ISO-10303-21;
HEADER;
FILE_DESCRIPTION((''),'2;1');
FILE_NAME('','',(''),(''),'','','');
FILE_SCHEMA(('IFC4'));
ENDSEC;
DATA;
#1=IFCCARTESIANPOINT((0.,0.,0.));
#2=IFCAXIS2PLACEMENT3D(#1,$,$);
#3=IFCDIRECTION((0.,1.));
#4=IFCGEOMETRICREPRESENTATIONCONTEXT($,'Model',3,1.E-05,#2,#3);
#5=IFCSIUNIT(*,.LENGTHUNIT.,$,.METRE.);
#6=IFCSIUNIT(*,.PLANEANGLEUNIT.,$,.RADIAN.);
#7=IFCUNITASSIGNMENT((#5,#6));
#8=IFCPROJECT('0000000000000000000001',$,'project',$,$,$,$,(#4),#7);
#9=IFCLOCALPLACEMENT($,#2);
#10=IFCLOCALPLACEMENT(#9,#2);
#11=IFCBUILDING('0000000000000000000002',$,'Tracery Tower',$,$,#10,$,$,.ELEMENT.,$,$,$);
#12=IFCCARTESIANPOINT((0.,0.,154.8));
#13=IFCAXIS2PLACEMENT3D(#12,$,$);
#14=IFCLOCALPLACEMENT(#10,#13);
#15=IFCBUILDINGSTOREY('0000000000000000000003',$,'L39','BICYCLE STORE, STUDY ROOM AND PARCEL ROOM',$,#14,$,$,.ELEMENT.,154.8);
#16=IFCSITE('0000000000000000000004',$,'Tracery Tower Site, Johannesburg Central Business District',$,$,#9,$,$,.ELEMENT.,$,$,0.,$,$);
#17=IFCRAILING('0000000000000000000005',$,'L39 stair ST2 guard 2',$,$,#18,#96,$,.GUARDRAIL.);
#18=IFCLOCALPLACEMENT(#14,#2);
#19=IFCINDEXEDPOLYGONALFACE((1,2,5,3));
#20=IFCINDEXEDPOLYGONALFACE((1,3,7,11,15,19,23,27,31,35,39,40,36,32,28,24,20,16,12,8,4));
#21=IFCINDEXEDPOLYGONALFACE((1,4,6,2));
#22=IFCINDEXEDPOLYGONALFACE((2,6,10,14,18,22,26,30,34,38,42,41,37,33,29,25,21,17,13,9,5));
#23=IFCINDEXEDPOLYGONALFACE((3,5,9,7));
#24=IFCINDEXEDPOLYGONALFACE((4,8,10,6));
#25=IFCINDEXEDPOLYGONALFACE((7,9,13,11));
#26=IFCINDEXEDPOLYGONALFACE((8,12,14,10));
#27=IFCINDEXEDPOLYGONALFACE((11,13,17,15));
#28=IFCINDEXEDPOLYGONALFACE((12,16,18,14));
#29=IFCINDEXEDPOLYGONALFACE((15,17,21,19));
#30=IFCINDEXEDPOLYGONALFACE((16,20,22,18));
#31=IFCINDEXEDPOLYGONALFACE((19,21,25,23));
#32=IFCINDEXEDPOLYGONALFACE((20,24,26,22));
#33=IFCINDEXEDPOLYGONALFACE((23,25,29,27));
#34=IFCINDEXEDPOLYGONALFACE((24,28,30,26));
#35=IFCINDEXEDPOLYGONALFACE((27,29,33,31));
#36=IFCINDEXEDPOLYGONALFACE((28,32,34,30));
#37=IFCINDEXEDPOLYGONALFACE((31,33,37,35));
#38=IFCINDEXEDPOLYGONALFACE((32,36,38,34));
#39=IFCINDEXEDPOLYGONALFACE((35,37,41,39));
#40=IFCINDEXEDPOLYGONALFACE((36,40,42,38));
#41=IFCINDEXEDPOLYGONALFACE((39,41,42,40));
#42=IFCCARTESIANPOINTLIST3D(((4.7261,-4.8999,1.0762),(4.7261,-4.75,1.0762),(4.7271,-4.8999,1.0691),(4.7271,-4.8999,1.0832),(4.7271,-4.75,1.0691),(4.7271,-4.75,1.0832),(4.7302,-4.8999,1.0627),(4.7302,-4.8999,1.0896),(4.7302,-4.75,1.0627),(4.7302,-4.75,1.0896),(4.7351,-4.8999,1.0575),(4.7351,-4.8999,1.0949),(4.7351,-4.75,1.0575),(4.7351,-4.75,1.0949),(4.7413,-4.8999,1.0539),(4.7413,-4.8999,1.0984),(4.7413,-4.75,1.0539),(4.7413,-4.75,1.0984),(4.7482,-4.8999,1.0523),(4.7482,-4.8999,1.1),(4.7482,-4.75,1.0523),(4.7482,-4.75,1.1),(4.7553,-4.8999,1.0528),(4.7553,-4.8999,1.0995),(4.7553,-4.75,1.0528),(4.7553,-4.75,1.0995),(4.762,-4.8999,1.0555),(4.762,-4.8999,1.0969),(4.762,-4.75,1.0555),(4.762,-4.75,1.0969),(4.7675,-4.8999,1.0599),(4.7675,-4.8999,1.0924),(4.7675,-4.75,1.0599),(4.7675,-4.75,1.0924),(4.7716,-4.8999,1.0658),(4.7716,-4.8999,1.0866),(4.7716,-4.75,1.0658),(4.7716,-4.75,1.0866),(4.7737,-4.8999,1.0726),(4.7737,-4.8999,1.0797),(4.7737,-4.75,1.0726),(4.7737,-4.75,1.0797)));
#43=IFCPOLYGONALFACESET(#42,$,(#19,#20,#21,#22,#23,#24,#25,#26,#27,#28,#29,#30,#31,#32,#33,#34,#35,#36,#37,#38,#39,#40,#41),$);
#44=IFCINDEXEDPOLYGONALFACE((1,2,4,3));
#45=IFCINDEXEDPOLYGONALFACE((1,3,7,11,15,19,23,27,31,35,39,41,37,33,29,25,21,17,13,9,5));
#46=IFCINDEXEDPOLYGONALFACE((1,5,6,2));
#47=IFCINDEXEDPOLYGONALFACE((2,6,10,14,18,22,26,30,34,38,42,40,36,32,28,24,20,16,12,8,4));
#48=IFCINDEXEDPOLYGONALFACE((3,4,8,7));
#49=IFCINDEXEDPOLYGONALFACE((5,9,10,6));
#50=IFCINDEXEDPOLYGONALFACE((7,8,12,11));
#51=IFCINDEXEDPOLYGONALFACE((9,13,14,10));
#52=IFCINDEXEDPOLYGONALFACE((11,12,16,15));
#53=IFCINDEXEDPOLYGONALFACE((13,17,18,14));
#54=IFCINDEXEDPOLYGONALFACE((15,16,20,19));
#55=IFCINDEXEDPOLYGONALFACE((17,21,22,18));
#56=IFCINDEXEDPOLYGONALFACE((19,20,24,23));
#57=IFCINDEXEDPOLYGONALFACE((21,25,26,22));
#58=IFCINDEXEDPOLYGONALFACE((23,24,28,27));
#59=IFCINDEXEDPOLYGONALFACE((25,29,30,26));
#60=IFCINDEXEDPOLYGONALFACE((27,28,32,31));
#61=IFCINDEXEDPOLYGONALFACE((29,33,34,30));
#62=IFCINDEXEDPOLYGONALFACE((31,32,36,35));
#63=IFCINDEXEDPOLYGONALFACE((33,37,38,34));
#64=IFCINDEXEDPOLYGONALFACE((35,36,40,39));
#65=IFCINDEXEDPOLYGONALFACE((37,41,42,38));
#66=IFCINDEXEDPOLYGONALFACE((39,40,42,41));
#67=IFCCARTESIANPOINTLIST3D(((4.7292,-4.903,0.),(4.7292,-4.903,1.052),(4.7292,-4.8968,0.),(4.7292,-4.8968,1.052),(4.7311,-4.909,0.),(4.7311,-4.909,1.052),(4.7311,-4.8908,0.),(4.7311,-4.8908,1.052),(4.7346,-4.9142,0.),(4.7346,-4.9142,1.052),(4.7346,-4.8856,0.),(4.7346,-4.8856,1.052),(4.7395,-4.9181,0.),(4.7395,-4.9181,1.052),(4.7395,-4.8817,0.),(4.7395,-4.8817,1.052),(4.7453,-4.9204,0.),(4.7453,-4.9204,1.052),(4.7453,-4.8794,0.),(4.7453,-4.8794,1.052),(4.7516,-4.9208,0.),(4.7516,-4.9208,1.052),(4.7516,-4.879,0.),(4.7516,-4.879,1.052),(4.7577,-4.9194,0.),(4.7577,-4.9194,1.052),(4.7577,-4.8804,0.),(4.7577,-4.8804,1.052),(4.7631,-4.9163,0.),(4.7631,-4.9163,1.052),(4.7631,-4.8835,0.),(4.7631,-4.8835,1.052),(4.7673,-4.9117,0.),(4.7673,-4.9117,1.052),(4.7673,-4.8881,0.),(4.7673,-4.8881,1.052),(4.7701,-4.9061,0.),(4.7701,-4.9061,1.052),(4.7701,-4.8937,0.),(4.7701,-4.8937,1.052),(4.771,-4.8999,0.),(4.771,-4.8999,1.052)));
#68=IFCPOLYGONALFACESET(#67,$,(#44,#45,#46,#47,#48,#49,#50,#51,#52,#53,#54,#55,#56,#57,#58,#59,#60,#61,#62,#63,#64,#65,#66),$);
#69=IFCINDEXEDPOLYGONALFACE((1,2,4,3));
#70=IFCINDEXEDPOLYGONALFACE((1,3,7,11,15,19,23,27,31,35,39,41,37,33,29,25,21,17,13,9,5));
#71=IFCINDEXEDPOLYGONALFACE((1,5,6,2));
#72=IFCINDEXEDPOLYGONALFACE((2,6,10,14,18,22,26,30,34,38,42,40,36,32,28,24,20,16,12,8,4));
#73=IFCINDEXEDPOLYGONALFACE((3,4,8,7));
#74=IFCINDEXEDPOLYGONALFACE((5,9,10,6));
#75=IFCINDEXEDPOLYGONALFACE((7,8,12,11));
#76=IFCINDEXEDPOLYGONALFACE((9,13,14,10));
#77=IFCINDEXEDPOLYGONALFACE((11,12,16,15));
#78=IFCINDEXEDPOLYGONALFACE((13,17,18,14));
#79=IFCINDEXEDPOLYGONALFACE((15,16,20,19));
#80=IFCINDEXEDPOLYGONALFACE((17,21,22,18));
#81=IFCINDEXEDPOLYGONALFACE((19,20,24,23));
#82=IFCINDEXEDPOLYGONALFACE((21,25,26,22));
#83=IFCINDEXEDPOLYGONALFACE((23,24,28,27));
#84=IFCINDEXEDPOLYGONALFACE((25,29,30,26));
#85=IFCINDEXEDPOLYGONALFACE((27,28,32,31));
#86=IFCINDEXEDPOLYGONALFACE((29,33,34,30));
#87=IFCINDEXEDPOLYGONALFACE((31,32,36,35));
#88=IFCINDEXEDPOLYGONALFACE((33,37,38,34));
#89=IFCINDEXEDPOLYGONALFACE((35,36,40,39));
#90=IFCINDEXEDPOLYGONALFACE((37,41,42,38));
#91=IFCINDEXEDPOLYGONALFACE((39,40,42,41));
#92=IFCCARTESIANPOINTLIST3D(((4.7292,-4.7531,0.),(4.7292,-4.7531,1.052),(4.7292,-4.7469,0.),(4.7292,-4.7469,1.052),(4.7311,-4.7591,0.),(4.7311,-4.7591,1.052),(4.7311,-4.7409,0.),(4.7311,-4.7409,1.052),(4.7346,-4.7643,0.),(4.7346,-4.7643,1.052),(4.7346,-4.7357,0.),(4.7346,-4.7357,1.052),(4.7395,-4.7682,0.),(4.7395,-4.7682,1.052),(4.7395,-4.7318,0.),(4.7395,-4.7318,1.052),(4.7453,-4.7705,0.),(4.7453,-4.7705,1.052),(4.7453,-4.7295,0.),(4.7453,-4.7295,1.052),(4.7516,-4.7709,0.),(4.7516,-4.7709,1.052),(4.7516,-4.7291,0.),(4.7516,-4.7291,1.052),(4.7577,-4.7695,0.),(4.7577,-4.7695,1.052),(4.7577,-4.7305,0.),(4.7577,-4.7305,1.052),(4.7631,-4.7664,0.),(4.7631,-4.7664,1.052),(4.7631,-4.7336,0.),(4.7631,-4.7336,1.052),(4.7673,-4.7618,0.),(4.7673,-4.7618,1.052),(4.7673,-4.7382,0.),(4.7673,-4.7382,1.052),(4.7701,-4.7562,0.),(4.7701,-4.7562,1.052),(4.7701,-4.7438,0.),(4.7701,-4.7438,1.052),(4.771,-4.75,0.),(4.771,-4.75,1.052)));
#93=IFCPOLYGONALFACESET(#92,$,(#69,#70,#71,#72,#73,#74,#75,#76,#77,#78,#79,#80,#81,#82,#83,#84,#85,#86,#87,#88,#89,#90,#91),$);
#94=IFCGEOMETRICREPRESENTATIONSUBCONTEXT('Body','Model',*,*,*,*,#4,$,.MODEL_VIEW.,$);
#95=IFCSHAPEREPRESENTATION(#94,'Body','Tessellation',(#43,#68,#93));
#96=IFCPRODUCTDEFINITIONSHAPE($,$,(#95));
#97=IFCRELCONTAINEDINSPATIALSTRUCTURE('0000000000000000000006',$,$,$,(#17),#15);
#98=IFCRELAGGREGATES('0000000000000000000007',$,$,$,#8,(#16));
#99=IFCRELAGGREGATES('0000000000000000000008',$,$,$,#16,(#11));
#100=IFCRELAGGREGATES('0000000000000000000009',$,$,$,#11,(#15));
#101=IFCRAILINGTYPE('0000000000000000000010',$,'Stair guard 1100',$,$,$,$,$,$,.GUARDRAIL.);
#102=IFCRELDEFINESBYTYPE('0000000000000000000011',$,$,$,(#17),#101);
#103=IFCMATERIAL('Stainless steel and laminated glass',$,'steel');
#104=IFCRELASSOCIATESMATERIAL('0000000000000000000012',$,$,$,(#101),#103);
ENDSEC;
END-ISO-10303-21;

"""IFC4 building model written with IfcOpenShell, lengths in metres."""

from ifc_helpers import new_model, si_unit, direction, frame, origin, origin_2d, place, context, subcontext, project, spatial, circle, extrude, material, type_object, element, save


model = new_model("IFC4")

# Units and contexts
model_context = context("Model", 3, precision=1e-05, world=origin(), true_north=direction((0.0, 1.0)))
body_context = subcontext(model_context, "Body", "Model", "MODEL_VIEW")
ifc_project = project(units=[si_unit("LENGTHUNIT", "METRE"), si_unit("PLANEANGLEUNIT", "RADIAN")], contexts=[model_context])

# Site, building, storey
site_placement = place(None, origin())
site = spatial("IfcSite", under=ifc_project, at=site_placement, Name="Tracery Tower Site, Johannesburg Central Business District", CompositionType="ELEMENT", RefElevation=0.0)
building_placement = place(site_placement, origin())
building = spatial("IfcBuilding", under=site, at=building_placement, Name="Tracery Tower", CompositionType="ELEMENT")
storey_placement = place(building_placement, frame((0.0, 0.0, 154.8)))
storey = spatial("IfcBuildingStorey", under=building, at=storey_placement, Name="L39", Description="BICYCLE STORE, STUDY ROOM AND PARCEL ROOM", CompositionType="ELEMENT", Elevation=154.8)

# Railing
ifc_material_1 = material(Name="Stainless steel and laminated glass", Category="steel")
railing_type_1 = type_object("IfcRailingType", Name="Stair guard 1100", PredefinedType="GUARDRAIL", material=ifc_material_1)
railing_1_placement = place(storey_placement, frame((4.75, -4.8999, 0.0)))
element("IfcRailing", 1, at=railing_1_placement, inside=storey, type_object=railing_type_1, Name="L39 stair ST2 guard 2", PredefinedType="GUARDRAIL", context=body_context, shape_type="SweptSolid", body=[
    extrude(circle(Radius=0.0239, at=origin_2d()), frame((0.0, 0.0, 1.0762), z_axis=(0.0, 1.0, 0.0), x_axis=(-1.0, 0.0, 0.0)), (0.0, 0.0, 1.0), 0.1499),
    extrude(circle(Radius=0.021, at=origin_2d()), origin(), (0.0, 0.0, 1.0), 1.052),
    extrude(circle(Radius=0.021, at=origin_2d()), frame((0.0, 0.1499, 0.0)), (0.0, 0.0, 1.0), 1.052),
])

save(model, "model.ifc")
